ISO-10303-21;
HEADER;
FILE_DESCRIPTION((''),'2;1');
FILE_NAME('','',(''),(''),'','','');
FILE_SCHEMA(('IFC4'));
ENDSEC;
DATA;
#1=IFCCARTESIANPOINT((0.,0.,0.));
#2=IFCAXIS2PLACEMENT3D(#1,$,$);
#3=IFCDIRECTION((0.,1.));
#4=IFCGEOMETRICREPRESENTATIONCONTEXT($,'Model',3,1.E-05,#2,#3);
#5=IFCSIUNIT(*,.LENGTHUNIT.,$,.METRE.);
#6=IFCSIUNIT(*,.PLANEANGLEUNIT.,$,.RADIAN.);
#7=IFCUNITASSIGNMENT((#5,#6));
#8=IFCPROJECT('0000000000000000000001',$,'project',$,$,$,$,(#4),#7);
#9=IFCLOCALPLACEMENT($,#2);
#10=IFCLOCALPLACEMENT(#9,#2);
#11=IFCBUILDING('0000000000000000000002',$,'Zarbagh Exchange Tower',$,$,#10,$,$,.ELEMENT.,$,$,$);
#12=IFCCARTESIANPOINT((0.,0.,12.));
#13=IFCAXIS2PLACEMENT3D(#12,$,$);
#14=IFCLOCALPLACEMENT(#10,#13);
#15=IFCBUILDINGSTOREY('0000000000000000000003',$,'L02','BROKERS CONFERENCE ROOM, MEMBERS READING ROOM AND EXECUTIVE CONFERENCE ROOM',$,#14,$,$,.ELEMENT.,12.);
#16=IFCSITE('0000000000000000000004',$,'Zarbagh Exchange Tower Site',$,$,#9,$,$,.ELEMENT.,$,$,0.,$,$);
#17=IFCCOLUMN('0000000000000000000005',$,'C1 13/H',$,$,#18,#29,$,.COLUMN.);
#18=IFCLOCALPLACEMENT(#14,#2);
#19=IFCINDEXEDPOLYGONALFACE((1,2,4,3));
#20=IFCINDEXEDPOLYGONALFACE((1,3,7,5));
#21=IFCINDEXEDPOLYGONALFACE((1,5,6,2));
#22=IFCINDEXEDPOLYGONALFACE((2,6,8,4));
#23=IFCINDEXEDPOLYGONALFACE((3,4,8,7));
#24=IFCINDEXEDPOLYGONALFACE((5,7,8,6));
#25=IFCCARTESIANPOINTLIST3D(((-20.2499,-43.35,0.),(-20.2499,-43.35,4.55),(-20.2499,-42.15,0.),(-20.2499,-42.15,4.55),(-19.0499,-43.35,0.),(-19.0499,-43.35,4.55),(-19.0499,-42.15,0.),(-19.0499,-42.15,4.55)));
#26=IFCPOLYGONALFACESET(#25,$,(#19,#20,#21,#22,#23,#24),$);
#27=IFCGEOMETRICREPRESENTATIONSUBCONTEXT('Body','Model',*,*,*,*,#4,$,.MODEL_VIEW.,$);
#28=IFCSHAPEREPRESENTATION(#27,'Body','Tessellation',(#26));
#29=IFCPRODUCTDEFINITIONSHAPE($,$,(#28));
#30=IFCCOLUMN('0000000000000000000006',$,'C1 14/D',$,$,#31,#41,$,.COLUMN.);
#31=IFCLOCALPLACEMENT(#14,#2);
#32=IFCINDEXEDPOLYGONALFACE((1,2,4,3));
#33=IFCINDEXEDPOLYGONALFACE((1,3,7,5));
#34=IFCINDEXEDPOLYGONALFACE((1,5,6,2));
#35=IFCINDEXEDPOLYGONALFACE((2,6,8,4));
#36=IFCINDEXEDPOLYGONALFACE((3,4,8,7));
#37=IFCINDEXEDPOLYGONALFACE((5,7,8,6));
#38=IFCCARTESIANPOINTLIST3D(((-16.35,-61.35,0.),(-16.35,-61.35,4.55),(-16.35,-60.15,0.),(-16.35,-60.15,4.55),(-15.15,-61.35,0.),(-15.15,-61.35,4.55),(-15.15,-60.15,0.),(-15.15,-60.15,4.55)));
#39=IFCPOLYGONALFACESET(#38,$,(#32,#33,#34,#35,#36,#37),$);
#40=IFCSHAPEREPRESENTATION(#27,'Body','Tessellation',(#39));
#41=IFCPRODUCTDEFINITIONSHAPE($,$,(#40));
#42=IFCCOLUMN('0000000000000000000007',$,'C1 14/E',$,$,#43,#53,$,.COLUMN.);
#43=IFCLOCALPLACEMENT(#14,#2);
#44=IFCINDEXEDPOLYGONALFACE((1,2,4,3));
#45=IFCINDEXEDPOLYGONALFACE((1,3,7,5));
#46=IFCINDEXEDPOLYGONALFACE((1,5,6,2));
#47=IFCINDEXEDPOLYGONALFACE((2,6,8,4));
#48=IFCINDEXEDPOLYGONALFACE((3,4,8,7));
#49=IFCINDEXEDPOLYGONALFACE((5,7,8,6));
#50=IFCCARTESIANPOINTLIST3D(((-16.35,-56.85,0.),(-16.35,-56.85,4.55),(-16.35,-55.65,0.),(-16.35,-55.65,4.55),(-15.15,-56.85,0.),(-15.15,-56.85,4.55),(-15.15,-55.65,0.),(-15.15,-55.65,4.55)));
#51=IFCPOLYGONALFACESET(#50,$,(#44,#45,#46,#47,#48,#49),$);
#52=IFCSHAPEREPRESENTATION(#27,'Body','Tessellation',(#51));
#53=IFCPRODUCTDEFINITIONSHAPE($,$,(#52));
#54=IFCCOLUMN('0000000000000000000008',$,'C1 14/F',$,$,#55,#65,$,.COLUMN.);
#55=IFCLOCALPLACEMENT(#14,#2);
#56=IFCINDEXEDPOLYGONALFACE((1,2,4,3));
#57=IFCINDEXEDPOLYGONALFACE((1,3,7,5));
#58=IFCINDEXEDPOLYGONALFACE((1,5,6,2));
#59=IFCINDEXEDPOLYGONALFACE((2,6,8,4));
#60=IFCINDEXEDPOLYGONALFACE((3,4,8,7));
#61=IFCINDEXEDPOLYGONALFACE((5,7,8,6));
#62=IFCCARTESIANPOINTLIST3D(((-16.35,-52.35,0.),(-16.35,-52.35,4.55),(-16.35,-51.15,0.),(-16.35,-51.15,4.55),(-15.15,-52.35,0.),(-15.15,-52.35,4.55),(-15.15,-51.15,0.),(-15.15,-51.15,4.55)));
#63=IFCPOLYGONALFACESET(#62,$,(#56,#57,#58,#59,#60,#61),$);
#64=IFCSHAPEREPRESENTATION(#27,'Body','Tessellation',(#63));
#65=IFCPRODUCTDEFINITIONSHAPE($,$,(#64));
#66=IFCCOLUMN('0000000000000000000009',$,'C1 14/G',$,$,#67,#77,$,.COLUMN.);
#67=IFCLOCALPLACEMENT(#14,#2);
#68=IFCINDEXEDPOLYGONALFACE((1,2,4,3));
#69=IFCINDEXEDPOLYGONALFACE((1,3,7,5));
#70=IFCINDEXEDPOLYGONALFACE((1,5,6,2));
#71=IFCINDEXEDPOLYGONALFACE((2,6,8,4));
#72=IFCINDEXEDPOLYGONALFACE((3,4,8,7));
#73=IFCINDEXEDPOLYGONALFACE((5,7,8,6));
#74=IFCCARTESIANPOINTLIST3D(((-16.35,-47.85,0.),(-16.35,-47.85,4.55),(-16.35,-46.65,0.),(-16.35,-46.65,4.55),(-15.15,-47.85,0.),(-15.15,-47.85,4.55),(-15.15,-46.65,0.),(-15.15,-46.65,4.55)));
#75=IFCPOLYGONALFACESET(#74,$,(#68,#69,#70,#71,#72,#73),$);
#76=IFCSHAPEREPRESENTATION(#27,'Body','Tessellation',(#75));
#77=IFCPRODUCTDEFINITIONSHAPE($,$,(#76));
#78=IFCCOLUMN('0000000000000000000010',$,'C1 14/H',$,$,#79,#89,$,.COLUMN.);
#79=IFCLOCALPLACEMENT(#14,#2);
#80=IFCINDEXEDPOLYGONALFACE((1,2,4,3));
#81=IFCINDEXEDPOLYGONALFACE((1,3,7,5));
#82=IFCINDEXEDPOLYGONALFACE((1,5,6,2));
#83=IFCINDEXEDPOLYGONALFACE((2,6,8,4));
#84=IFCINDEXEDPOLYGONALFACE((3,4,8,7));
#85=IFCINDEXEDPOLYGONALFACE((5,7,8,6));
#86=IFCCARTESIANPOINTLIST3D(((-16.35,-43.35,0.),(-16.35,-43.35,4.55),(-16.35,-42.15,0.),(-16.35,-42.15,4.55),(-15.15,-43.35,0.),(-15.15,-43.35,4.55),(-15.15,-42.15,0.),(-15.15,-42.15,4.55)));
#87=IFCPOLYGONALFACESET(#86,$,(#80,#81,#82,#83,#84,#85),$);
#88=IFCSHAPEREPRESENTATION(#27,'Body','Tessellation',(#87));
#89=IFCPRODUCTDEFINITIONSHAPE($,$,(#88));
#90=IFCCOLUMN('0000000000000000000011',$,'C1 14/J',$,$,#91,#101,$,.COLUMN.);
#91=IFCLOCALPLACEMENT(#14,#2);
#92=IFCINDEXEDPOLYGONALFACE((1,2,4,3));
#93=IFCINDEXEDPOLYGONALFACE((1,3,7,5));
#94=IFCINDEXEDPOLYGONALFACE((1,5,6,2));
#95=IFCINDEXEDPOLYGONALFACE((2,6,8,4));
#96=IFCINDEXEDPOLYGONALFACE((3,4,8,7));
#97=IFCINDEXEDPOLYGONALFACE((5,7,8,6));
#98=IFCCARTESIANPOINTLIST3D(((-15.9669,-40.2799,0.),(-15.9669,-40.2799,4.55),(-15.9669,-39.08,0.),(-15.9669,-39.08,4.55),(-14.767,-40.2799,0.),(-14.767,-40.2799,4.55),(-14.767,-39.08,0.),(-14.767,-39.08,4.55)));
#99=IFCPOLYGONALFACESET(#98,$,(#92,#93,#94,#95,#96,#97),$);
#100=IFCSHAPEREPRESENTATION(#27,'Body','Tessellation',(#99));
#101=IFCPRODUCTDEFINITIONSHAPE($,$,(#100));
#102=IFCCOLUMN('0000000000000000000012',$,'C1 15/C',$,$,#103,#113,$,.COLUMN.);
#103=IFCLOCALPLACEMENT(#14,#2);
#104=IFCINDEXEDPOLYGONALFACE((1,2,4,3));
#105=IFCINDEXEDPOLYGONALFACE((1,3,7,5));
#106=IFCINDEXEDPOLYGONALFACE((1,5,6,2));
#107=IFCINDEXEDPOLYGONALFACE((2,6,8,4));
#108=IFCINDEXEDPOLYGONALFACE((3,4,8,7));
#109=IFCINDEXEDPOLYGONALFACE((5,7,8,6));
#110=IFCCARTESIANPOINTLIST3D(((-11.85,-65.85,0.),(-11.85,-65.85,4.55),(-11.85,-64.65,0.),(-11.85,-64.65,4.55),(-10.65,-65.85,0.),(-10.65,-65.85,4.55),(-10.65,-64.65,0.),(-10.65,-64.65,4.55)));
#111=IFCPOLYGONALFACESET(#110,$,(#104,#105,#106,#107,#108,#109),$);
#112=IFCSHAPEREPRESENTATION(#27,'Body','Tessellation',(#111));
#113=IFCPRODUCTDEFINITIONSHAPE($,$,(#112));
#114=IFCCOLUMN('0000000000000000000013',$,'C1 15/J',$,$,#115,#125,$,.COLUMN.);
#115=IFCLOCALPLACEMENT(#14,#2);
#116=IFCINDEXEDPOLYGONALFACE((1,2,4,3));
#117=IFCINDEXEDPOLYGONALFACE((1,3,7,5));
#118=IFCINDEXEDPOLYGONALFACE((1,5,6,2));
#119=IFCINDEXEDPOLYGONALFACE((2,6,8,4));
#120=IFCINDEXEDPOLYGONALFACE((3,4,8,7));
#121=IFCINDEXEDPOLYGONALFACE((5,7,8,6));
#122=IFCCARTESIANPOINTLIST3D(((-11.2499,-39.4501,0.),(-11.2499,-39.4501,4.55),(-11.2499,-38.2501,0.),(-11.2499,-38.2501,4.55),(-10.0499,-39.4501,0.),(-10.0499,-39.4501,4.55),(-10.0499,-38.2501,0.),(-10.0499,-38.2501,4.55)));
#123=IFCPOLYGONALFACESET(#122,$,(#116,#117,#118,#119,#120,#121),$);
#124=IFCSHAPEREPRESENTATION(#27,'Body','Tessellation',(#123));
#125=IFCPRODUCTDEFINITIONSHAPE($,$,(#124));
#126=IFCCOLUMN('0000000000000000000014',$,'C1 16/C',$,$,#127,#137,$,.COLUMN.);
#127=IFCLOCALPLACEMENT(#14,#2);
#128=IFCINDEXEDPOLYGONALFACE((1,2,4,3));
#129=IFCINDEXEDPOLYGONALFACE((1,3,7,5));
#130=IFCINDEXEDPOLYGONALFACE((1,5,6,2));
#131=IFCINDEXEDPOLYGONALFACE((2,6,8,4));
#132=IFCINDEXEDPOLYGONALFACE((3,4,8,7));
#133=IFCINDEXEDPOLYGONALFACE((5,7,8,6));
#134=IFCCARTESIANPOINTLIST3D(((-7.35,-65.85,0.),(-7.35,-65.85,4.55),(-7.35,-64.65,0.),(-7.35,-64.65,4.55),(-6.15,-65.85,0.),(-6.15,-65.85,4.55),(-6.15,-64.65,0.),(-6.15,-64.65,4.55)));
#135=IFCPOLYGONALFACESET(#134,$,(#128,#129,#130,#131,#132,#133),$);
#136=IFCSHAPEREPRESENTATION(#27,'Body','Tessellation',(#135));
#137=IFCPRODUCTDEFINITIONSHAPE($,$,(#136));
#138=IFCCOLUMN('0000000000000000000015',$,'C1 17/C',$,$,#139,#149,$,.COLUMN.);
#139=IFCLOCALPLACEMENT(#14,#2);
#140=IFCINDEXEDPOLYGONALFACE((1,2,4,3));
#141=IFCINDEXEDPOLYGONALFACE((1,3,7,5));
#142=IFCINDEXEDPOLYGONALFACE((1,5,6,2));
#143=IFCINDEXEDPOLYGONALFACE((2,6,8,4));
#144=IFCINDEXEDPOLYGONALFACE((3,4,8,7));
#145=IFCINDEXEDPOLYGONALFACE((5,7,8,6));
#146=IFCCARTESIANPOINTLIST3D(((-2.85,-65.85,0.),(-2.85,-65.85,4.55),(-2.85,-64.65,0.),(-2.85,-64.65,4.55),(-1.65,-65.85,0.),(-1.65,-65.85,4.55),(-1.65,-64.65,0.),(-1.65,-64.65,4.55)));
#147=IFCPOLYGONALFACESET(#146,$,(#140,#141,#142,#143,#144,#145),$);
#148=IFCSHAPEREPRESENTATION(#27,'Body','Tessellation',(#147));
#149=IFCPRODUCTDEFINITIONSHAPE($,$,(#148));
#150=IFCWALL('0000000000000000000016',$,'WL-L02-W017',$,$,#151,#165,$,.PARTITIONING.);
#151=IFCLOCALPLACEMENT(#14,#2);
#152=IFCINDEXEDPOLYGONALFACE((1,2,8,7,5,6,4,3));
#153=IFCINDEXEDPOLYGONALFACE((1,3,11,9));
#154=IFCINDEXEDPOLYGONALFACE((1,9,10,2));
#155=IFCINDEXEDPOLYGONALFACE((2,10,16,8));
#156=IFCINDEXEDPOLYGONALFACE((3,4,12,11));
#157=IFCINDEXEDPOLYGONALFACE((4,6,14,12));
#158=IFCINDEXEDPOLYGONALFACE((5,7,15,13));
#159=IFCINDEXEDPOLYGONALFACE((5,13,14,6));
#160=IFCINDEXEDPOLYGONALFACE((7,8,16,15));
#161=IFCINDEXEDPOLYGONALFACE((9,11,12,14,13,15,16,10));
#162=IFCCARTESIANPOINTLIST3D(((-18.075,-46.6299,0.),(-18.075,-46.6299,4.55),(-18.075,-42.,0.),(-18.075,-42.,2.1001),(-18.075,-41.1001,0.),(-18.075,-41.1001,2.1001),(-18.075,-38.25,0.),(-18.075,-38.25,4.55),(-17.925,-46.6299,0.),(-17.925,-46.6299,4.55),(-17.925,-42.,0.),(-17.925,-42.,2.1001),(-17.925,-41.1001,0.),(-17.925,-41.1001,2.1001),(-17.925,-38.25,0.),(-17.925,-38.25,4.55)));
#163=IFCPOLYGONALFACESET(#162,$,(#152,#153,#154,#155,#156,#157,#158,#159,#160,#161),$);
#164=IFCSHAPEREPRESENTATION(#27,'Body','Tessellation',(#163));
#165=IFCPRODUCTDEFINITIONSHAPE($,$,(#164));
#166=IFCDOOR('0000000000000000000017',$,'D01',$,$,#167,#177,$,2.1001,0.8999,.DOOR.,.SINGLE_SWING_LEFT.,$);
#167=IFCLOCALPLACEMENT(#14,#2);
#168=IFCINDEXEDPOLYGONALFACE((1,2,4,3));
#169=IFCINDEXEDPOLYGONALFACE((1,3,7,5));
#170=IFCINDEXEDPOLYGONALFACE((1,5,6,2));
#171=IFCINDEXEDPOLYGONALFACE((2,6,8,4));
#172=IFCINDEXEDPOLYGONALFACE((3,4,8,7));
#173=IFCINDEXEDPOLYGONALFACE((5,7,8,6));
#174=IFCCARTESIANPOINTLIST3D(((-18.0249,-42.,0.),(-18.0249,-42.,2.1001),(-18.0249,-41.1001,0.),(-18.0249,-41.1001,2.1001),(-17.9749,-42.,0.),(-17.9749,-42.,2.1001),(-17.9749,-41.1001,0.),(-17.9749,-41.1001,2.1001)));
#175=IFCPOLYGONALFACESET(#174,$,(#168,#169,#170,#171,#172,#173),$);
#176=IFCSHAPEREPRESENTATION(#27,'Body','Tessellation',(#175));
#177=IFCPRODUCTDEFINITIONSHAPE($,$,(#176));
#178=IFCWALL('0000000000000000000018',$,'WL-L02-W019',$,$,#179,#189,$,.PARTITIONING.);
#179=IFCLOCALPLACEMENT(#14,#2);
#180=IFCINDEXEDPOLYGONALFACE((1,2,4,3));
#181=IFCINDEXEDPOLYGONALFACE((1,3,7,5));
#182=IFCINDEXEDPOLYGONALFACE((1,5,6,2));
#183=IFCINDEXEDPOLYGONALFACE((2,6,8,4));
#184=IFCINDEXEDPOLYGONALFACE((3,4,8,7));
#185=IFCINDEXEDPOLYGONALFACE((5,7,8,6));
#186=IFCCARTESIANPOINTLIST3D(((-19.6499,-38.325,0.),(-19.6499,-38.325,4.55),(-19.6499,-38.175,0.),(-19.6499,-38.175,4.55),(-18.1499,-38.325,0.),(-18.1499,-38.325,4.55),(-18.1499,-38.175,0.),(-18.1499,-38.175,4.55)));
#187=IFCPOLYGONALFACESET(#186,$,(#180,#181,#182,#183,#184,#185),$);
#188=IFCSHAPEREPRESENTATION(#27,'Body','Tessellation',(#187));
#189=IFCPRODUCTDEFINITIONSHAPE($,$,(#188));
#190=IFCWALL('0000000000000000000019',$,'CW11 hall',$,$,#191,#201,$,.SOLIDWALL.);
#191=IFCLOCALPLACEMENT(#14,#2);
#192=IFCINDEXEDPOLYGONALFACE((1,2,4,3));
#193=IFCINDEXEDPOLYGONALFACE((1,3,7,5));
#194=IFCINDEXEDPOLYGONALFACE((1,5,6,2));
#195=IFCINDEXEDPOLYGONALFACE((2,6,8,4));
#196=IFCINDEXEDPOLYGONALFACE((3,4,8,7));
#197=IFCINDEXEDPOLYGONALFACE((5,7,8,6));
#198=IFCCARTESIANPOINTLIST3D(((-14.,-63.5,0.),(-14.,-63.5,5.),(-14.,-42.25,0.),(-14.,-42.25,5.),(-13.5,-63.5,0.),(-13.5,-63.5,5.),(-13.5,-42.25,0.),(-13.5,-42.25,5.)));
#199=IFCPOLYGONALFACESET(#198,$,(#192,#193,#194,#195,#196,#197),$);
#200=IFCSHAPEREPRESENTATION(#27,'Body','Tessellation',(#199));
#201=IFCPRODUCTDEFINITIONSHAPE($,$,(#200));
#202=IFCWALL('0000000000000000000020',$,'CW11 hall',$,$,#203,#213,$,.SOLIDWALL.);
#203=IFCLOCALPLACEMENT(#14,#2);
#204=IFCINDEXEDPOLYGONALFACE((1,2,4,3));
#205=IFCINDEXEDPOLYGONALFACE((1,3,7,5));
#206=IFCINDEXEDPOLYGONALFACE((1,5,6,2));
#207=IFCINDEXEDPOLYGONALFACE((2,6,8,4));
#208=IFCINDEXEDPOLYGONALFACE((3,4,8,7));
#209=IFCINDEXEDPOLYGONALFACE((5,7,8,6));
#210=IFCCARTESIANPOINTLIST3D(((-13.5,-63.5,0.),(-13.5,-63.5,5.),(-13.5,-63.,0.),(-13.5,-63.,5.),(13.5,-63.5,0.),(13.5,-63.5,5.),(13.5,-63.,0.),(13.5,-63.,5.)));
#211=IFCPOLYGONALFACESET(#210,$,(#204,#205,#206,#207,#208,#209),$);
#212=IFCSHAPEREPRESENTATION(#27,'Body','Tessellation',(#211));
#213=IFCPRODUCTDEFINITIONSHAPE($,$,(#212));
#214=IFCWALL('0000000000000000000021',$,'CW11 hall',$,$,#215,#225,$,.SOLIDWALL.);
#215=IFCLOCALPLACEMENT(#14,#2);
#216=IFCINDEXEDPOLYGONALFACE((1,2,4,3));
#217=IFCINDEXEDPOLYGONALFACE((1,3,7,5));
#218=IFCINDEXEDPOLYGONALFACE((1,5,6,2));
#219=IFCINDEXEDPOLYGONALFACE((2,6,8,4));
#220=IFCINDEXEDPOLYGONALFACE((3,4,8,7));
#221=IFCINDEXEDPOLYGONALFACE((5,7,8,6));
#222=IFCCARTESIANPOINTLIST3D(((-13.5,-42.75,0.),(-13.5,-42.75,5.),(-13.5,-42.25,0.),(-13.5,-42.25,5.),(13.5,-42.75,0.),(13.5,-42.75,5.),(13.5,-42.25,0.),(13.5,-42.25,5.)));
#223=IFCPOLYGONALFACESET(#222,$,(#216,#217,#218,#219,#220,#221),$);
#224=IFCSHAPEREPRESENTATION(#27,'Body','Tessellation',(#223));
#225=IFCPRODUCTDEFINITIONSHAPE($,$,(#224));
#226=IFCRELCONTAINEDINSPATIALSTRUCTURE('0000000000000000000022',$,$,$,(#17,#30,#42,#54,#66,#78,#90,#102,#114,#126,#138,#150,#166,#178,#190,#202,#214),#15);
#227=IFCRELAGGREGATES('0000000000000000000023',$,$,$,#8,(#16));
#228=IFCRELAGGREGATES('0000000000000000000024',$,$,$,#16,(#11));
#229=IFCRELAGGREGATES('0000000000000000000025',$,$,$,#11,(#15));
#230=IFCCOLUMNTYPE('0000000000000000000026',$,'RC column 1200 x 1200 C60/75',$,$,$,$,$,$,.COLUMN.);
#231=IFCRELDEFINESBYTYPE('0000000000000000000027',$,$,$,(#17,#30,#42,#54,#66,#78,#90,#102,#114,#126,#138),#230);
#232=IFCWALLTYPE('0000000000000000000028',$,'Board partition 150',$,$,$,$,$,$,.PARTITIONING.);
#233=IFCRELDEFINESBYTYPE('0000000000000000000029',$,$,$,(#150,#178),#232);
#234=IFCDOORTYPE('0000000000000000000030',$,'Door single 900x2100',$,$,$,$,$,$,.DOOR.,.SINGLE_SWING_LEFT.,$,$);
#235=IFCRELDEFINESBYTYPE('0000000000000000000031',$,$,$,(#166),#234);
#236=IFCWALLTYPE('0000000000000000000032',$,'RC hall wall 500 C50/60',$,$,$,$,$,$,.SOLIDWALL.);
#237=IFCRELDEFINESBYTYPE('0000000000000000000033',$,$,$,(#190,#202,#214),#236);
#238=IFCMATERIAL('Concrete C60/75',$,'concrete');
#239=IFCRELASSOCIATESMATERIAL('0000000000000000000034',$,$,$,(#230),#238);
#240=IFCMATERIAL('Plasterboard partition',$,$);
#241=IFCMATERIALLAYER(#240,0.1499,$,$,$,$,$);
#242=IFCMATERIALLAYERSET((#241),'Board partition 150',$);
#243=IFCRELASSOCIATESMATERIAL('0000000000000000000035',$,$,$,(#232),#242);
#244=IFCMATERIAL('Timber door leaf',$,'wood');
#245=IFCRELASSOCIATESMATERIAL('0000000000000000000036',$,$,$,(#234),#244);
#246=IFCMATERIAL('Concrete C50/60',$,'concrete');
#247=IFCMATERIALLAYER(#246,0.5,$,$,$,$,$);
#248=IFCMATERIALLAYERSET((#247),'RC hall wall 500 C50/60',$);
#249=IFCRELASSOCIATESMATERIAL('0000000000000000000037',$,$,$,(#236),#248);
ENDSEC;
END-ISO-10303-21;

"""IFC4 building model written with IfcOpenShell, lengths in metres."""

from ifc_helpers import new_model, si_unit, direction, frame, frame_2d, origin, origin_2d, place, context, subcontext, project, spatial, rectangle, extrude, material, layer, layer_set, material_profile, profile_set, type_object, element, fill, save


model = new_model("IFC4")

# Units and contexts
model_context = context("Model", 3, precision=1e-05, world=origin(), true_north=direction((0.0, 1.0)))
body_context = subcontext(model_context, "Body", "Model", "MODEL_VIEW")
ifc_project = project(units=[si_unit("LENGTHUNIT", "METRE"), si_unit("PLANEANGLEUNIT", "RADIAN")], contexts=[model_context])

# Site, building, storey
site_placement = place(None, origin())
site = spatial("IfcSite", under=ifc_project, at=site_placement, Name="Zarbagh Exchange Tower Site", CompositionType="ELEMENT", RefElevation=0.0)
building_placement = place(site_placement, origin())
building = spatial("IfcBuilding", under=site, at=building_placement, Name="Zarbagh Exchange Tower", CompositionType="ELEMENT")
storey_placement = place(building_placement, frame((0.0, 0.0, 12.0)))
storey = spatial("IfcBuildingStorey", under=building, at=storey_placement, Name="L02", Description="BROKERS CONFERENCE ROOM, MEMBERS READING ROOM AND EXECUTIVE CONFERENCE ROOM", CompositionType="ELEMENT", Elevation=12.0)

# Columns
ifc_material_1 = material(Name="Concrete C60/75", Category="concrete")
ifc_material_profile = material_profile(ifc_material_1, rectangle(XDim=1.2, YDim=1.2, at=origin_2d()), Name="RC column 1200 x 1200 C60/75")
ifc_profile_set = profile_set([ifc_material_profile], Name="Concrete C60/75")
column_type = type_object("IfcColumnType", Name="RC column 1200 x 1200 C60/75", PredefinedType="COLUMN", material=ifc_profile_set)
for number, where, z_axis, x_axis, name in (
    (1, (-19.6499, -42.75, 0.0), (0.0, 0.0, 1.0), (1.0, 0.0, 0.0), "C1 13/H"),
    (2, (-15.75, -60.75, 0.0), (0.0, 0.0, 1.0), (1.0, 0.0, 0.0), "C1 14/D"),
    (3, (-15.75, -56.25, 0.0), (0.0, 0.0, 1.0), (1.0, 0.0, 0.0), "C1 14/E"),
    (4, (-15.75, -51.75, 0.0), (0.0, 0.0, 1.0), (1.0, 0.0, 0.0), "C1 14/F"),
    (5, (-15.75, -47.25, 0.0), (0.0, 0.0, 1.0), (1.0, 0.0, 0.0), "C1 14/G"),
    (6, (-15.75, -42.75, 0.0), (0.0, 0.0, 1.0), (1.0, 0.0, 0.0), "C1 14/H"),
    (7, (-15.3669, -39.6799, 0.0), (0.0, 0.0, 1.0), (1.0, 0.0, 0.0), "C1 14/J"),
    (8, (-11.25, -65.25, 0.0), (0.0, 0.0, 1.0), (1.0, 0.0, 0.0), "C1 15/C"),
    (9, (-10.6499, -38.8501, 0.0), (0.0, 0.0, 1.0), (1.0, 0.0, 0.0), "C1 15/J"),
    (10, (-6.75, -65.25, 0.0), (0.0, 0.0, 1.0), (1.0, 0.0, 0.0), "C1 16/C"),
    (11, (-2.25, -65.25, 0.0), (0.0, 0.0, 1.0), (1.0, 0.0, 0.0), "C1 17/C"),
):
    element("IfcColumn", number, at=place(storey_placement, frame(where, z_axis=z_axis, x_axis=x_axis)), inside=storey, type_object=column_type, Name=name, PredefinedType="COLUMN", context=body_context, shape_type="SweptSolid", body=[
        extrude(rectangle(XDim=1.2, YDim=1.2, at=origin_2d()), origin(), (0.0, 0.0, 1.0), 4.55),
    ])

# Wall, opening, door
ifc_material_2 = material(Name="Plasterboard partition")
ifc_layer_1 = layer(ifc_material_2, 0.1499)
ifc_layer_set_1 = layer_set([ifc_layer_1], Name="Board partition 150")
wall_type_1 = type_object("IfcWallType", Name="Board partition 150", PredefinedType="PARTITIONING", material=ifc_layer_set_1)
wall_1_placement = place(storey_placement, frame((-18.0, -46.6299, 0.0), z_axis=(0.0, 0.0, 1.0), x_axis=(0.0, 1.0, 0.0)))
wall_1 = element("IfcWall", 12, at=wall_1_placement, inside=storey, type_object=wall_type_1, Name="WL-L02-W017", PredefinedType="PARTITIONING", context=body_context, shape_type="SweptSolid", body=[
    extrude(rectangle(XDim=8.3799, YDim=0.1499, at=frame_2d((4.1899, 0.0))), origin(), (0.0, 0.0, 1.0), 4.55),
])
opening_1_placement = place(wall_1_placement, frame((4.6299, 0.0, 0.0)))
opening_1 = element("IfcOpeningElement", 13, at=opening_1_placement, cuts=wall_1, PredefinedType="OPENING", context=body_context, shape_type="SweptSolid", body=[
    extrude(rectangle(XDim=0.8999, YDim=2.1001, at=frame_2d((0.45, 1.05))), frame((0.0, 0.085, 0.0), z_axis=(0.0, -1.0, 0.0), x_axis=(1.0, 0.0, 0.0)), (0.0, 0.0, 1.0), 0.1699),
])
ifc_material_3 = material(Name="Timber door leaf", Category="wood")
door_type_1 = type_object("IfcDoorType", Name="Door single 900x2100", OperationType="SINGLE_SWING_LEFT", PredefinedType="DOOR", material=ifc_material_3)
door_1_placement = place(opening_1_placement, origin())
door_1 = element("IfcDoor", 14, at=door_1_placement, inside=storey, type_object=door_type_1, Name="D01", OperationType="SINGLE_SWING_LEFT", OverallHeight=2.1001, OverallWidth=0.8999, PredefinedType="DOOR", context=body_context, shape_type="SweptSolid", body=[
    extrude(rectangle(XDim=0.8999, YDim=2.1001, at=frame_2d((0.45, 1.05))), frame((0.0, 0.0249, 0.0), z_axis=(0.0, -1.0, 0.0), x_axis=(1.0, 0.0, 0.0)), (0.0, 0.0, 1.0), 0.05),
])
fill(opening_1, door_1)

# Walls
wall_2_placement = place(storey_placement, frame((-19.6499, -38.25, 0.0), z_axis=(0.0, 0.0, 1.0), x_axis=(1.0, 0.0, 0.0)))
element("IfcWall", 15, at=wall_2_placement, inside=storey, type_object=wall_type_1, Name="WL-L02-W019", PredefinedType="PARTITIONING", context=body_context, shape_type="SweptSolid", body=[
    extrude(rectangle(XDim=1.5, YDim=0.1499, at=frame_2d((0.75, 0.0))), origin(), (0.0, 0.0, 1.0), 4.55),
])
ifc_material_4 = material(Name="Concrete C50/60", Category="concrete")
ifc_layer_2 = layer(ifc_material_4, 0.5)
ifc_layer_set_2 = layer_set([ifc_layer_2], Name="RC hall wall 500 C50/60")
wall_type_2 = type_object("IfcWallType", Name="RC hall wall 500 C50/60", PredefinedType="SOLIDWALL", material=ifc_layer_set_2)
wall_3_placement = place(storey_placement, frame((-13.75, -63.5, 0.0), z_axis=(0.0, 0.0, 1.0), x_axis=(0.0, 1.0, 0.0)))
element("IfcWall", 16, at=wall_3_placement, inside=storey, type_object=wall_type_2, Name="CW11 hall", PredefinedType="SOLIDWALL", context=body_context, shape_type="SweptSolid", body=[
    extrude(rectangle(XDim=21.25, YDim=0.5, at=frame_2d((10.625, 0.0))), origin(), (0.0, 0.0, 1.0), 5.0),
])
for number, where, z_axis, x_axis, name in (
    (17, (-13.5, -63.25, 0.0), (0.0, 0.0, 1.0), (1.0, 0.0, 0.0), "CW11 hall"),
    (18, (-13.5, -42.5, 0.0), (0.0, 0.0, 1.0), (1.0, 0.0, 0.0), "CW11 hall"),
):
    element("IfcWall", number, at=place(storey_placement, frame(where, z_axis=z_axis, x_axis=x_axis)), inside=storey, type_object=wall_type_2, Name=name, PredefinedType="SOLIDWALL", context=body_context, shape_type="SweptSolid", body=[
        extrude(rectangle(XDim=27.0, YDim=0.5, at=frame_2d((13.5, 0.0))), origin(), (0.0, 0.0, 1.0), 5.0),
    ])

save(model, "model.ifc")
